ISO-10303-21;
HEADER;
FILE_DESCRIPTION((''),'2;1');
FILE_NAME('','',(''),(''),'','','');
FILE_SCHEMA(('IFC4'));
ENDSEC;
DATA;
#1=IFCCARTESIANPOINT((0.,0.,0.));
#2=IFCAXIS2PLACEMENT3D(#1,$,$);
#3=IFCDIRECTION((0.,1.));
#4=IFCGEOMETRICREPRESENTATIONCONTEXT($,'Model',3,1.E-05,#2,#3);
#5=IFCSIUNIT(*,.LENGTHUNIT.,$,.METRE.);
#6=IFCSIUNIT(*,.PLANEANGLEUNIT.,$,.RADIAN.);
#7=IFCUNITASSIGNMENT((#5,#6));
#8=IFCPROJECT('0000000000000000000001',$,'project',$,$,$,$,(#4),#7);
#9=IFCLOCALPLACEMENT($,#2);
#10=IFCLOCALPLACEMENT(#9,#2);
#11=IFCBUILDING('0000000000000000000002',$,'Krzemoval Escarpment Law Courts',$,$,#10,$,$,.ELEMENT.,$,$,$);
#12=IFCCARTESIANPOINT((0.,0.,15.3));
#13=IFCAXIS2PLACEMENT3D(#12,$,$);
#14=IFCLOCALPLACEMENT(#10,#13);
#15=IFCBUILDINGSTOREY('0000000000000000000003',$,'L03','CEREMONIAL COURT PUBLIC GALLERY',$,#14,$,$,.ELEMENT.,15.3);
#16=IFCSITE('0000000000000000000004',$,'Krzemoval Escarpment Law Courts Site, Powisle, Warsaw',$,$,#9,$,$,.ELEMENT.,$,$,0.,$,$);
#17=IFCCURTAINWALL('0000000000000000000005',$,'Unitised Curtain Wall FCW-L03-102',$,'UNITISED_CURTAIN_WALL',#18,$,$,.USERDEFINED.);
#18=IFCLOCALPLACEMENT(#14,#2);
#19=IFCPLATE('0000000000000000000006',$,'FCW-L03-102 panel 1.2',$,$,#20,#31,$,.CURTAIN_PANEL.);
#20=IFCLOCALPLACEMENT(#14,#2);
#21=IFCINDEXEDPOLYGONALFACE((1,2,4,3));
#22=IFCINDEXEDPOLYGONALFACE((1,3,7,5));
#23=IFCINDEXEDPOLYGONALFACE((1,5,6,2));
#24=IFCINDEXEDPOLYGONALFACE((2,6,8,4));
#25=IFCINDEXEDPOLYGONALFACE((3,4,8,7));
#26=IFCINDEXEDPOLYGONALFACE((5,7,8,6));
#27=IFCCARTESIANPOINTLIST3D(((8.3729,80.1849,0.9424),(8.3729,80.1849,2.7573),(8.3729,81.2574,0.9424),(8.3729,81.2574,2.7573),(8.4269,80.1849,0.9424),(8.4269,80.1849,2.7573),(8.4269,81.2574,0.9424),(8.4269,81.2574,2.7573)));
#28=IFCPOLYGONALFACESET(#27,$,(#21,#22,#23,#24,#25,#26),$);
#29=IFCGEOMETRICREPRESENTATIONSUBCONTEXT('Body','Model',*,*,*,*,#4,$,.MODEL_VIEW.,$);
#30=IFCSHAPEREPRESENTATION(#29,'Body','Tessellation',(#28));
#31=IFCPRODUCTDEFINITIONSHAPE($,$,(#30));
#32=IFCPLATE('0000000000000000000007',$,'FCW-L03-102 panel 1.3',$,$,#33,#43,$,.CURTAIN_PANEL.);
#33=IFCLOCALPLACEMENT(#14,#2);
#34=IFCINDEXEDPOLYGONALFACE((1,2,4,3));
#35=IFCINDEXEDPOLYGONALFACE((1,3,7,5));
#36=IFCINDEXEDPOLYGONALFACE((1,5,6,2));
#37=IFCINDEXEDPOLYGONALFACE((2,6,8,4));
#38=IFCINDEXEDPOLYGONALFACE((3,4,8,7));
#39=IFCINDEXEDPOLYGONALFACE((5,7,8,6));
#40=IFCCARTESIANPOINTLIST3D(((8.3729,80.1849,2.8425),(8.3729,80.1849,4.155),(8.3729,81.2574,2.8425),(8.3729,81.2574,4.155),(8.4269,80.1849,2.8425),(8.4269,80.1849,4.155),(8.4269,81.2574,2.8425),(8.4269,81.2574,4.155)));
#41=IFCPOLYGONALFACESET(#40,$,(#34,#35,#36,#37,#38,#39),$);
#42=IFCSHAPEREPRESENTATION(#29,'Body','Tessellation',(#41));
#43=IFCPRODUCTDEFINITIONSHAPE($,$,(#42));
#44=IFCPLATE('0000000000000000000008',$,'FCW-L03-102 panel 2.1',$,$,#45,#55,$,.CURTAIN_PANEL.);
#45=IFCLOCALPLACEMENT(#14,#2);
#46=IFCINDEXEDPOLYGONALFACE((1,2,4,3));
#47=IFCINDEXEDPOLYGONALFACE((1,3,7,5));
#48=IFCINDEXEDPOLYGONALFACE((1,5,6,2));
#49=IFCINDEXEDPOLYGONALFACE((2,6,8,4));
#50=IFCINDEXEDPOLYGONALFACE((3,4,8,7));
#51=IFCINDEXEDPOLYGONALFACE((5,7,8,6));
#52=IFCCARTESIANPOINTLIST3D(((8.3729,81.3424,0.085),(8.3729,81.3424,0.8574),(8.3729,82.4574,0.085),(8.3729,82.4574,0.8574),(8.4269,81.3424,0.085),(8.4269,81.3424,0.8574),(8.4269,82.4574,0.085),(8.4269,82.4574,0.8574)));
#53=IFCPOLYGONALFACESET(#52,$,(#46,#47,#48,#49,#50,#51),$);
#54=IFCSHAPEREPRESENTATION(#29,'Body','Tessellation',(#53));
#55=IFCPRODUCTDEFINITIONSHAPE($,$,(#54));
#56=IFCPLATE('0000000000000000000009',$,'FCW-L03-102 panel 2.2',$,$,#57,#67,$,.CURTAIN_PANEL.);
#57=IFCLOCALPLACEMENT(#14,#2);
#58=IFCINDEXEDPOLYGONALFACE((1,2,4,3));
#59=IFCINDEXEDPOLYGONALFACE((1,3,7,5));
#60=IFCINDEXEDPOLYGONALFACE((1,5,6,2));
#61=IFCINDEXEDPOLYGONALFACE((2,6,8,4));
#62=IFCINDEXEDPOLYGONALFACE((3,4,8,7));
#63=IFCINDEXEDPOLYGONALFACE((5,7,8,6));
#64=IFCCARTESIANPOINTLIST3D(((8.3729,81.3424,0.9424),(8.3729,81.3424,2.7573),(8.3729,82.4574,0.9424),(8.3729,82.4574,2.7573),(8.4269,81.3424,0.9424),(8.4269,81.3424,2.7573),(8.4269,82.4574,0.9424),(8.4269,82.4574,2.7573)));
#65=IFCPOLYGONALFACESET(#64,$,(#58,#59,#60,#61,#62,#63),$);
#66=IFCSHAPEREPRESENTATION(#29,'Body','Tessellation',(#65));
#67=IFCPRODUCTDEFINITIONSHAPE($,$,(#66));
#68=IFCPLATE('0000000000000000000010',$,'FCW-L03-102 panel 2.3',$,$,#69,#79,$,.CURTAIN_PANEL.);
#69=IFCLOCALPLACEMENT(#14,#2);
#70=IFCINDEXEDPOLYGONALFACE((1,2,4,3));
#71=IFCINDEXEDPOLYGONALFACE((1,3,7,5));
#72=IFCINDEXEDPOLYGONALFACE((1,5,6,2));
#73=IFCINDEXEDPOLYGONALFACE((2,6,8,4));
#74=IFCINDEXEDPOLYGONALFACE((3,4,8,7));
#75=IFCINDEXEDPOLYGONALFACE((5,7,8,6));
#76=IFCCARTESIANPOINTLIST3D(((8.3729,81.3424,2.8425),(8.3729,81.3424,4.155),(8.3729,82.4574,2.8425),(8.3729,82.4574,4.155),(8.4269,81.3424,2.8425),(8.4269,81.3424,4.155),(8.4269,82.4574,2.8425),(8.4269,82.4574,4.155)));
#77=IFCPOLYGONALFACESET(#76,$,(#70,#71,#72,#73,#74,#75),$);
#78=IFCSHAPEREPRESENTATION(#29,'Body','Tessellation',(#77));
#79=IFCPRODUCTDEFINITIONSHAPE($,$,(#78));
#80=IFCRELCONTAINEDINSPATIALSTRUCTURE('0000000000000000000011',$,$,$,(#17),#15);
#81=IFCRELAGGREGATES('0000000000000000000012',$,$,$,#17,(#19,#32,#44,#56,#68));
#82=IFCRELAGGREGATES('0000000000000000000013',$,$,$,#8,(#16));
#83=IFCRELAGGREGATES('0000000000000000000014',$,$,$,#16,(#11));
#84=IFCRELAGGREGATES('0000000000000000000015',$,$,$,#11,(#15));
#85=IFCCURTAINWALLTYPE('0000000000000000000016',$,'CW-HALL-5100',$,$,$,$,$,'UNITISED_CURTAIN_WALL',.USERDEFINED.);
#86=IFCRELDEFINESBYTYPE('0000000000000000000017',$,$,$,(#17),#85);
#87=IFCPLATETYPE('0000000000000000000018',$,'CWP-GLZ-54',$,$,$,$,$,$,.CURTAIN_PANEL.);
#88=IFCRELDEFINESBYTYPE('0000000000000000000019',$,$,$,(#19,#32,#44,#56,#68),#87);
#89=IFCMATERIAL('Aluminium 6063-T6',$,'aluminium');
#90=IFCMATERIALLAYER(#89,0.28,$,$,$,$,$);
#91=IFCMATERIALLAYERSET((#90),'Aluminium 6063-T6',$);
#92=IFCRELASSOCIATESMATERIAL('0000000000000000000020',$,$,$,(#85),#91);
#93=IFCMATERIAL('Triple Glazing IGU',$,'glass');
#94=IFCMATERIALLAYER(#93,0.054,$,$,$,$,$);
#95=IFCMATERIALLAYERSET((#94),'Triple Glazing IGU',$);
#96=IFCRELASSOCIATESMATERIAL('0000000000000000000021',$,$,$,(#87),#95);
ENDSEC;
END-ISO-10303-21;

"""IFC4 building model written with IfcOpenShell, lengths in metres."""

from ifc_helpers import new_model, si_unit, direction, frame, origin, origin_2d, place, context, subcontext, project, spatial, rectangle, extrude, material, layer, layer_set, type_object, element, aggregate, save


model = new_model("IFC4")

# Units and contexts
model_context = context("Model", 3, precision=1e-05, world=origin(), true_north=direction((0.0, 1.0)))
body_context = subcontext(model_context, "Body", "Model", "MODEL_VIEW")
ifc_project = project(units=[si_unit("LENGTHUNIT", "METRE"), si_unit("PLANEANGLEUNIT", "RADIAN")], contexts=[model_context])

# Site, building, storey
site_placement = place(None, origin())
site = spatial("IfcSite", under=ifc_project, at=site_placement, Name="Krzemoval Escarpment Law Courts Site, Powisle, Warsaw", CompositionType="ELEMENT", RefElevation=0.0)
building_placement = place(site_placement, origin())
building = spatial("IfcBuilding", under=site, at=building_placement, Name="Krzemoval Escarpment Law Courts", CompositionType="ELEMENT")
storey_placement = place(building_placement, frame((0.0, 0.0, 15.3)))
storey = spatial("IfcBuildingStorey", under=building, at=storey_placement, Name="L03", Description="CEREMONIAL COURT PUBLIC GALLERY", CompositionType="ELEMENT", Elevation=15.3)

# Curtain wall
ifc_material_1 = material(Name="Aluminium 6063-T6", Category="aluminium")
ifc_layer_1 = layer(ifc_material_1, 0.28)
ifc_layer_set_1 = layer_set([ifc_layer_1], Name="Aluminium 6063-T6")
curtain_wall_type = type_object("IfcCurtainWallType", Name="CW-HALL-5100", ElementType="UNITISED_CURTAIN_WALL", PredefinedType="USERDEFINED", material=ifc_layer_set_1)
curtain_wall_1_placement = place(storey_placement, origin())
curtain_wall_1 = element("IfcCurtainWall", 1, at=curtain_wall_1_placement, inside=storey, type_object=curtain_wall_type, Name="Unitised Curtain Wall FCW-L03-102", ObjectType="UNITISED_CURTAIN_WALL", PredefinedType="USERDEFINED")

# Plates
ifc_material_2 = material(Name="Triple Glazing IGU", Category="glass")
ifc_layer_2 = layer(ifc_material_2, 0.054)
ifc_layer_set_2 = layer_set([ifc_layer_2], Name="Triple Glazing IGU")
plate_type = type_object("IfcPlateType", Name="CWP-GLZ-54", PredefinedType="CURTAIN_PANEL", material=ifc_layer_set_2)
plate_1_placement = place(storey_placement, frame((8.3999, 80.7212, 0.9424), z_axis=(0.0, 0.0, 1.0), x_axis=(0.0, 1.0, 0.0)))
plate_1 = element("IfcPlate", 2, at=plate_1_placement, type_object=plate_type, Name="FCW-L03-102 panel 1.2", PredefinedType="CURTAIN_PANEL", context=body_context, shape_type="SweptSolid", body=[
    extrude(rectangle(XDim=1.0725, YDim=0.054, at=origin_2d()), origin(), (0.0, 0.0, 1.0), 1.8149),
])
plate_2_placement = place(storey_placement, frame((8.3999, 80.7212, 2.8425), z_axis=(0.0, 0.0, 1.0), x_axis=(0.0, 1.0, 0.0)))
plate_2 = element("IfcPlate", 3, at=plate_2_placement, type_object=plate_type, Name="FCW-L03-102 panel 1.3", PredefinedType="CURTAIN_PANEL", context=body_context, shape_type="SweptSolid", body=[
    extrude(rectangle(XDim=1.0725, YDim=0.054, at=origin_2d()), origin(), (0.0, 0.0, 1.0), 1.3125),
])
plate_3_placement = place(storey_placement, frame((8.3999, 81.8999, 0.085), z_axis=(0.0, 0.0, 1.0), x_axis=(0.0, 1.0, 0.0)))
plate_3 = element("IfcPlate", 4, at=plate_3_placement, type_object=plate_type, Name="FCW-L03-102 panel 2.1", PredefinedType="CURTAIN_PANEL", context=body_context, shape_type="SweptSolid", body=[
    extrude(rectangle(XDim=1.115, YDim=0.054, at=origin_2d()), origin(), (0.0, 0.0, 1.0), 0.7725),
])
plate_4_placement = place(storey_placement, frame((8.3999, 81.8999, 0.9424), z_axis=(0.0, 0.0, 1.0), x_axis=(0.0, 1.0, 0.0)))
plate_4 = element("IfcPlate", 5, at=plate_4_placement, type_object=plate_type, Name="FCW-L03-102 panel 2.2", PredefinedType="CURTAIN_PANEL", context=body_context, shape_type="SweptSolid", body=[
    extrude(rectangle(XDim=1.115, YDim=0.054, at=origin_2d()), origin(), (0.0, 0.0, 1.0), 1.8149),
])
plate_5_placement = place(storey_placement, frame((8.3999, 81.8999, 2.8425), z_axis=(0.0, 0.0, 1.0), x_axis=(0.0, 1.0, 0.0)))
plate_5 = element("IfcPlate", 6, at=plate_5_placement, type_object=plate_type, Name="FCW-L03-102 panel 2.3", PredefinedType="CURTAIN_PANEL", context=body_context, shape_type="SweptSolid", body=[
    extrude(rectangle(XDim=1.115, YDim=0.054, at=origin_2d()), origin(), (0.0, 0.0, 1.0), 1.3125),
])
aggregate(curtain_wall_1, [plate_1, plate_2, plate_3, plate_4, plate_5])

save(model, "model.ifc")
